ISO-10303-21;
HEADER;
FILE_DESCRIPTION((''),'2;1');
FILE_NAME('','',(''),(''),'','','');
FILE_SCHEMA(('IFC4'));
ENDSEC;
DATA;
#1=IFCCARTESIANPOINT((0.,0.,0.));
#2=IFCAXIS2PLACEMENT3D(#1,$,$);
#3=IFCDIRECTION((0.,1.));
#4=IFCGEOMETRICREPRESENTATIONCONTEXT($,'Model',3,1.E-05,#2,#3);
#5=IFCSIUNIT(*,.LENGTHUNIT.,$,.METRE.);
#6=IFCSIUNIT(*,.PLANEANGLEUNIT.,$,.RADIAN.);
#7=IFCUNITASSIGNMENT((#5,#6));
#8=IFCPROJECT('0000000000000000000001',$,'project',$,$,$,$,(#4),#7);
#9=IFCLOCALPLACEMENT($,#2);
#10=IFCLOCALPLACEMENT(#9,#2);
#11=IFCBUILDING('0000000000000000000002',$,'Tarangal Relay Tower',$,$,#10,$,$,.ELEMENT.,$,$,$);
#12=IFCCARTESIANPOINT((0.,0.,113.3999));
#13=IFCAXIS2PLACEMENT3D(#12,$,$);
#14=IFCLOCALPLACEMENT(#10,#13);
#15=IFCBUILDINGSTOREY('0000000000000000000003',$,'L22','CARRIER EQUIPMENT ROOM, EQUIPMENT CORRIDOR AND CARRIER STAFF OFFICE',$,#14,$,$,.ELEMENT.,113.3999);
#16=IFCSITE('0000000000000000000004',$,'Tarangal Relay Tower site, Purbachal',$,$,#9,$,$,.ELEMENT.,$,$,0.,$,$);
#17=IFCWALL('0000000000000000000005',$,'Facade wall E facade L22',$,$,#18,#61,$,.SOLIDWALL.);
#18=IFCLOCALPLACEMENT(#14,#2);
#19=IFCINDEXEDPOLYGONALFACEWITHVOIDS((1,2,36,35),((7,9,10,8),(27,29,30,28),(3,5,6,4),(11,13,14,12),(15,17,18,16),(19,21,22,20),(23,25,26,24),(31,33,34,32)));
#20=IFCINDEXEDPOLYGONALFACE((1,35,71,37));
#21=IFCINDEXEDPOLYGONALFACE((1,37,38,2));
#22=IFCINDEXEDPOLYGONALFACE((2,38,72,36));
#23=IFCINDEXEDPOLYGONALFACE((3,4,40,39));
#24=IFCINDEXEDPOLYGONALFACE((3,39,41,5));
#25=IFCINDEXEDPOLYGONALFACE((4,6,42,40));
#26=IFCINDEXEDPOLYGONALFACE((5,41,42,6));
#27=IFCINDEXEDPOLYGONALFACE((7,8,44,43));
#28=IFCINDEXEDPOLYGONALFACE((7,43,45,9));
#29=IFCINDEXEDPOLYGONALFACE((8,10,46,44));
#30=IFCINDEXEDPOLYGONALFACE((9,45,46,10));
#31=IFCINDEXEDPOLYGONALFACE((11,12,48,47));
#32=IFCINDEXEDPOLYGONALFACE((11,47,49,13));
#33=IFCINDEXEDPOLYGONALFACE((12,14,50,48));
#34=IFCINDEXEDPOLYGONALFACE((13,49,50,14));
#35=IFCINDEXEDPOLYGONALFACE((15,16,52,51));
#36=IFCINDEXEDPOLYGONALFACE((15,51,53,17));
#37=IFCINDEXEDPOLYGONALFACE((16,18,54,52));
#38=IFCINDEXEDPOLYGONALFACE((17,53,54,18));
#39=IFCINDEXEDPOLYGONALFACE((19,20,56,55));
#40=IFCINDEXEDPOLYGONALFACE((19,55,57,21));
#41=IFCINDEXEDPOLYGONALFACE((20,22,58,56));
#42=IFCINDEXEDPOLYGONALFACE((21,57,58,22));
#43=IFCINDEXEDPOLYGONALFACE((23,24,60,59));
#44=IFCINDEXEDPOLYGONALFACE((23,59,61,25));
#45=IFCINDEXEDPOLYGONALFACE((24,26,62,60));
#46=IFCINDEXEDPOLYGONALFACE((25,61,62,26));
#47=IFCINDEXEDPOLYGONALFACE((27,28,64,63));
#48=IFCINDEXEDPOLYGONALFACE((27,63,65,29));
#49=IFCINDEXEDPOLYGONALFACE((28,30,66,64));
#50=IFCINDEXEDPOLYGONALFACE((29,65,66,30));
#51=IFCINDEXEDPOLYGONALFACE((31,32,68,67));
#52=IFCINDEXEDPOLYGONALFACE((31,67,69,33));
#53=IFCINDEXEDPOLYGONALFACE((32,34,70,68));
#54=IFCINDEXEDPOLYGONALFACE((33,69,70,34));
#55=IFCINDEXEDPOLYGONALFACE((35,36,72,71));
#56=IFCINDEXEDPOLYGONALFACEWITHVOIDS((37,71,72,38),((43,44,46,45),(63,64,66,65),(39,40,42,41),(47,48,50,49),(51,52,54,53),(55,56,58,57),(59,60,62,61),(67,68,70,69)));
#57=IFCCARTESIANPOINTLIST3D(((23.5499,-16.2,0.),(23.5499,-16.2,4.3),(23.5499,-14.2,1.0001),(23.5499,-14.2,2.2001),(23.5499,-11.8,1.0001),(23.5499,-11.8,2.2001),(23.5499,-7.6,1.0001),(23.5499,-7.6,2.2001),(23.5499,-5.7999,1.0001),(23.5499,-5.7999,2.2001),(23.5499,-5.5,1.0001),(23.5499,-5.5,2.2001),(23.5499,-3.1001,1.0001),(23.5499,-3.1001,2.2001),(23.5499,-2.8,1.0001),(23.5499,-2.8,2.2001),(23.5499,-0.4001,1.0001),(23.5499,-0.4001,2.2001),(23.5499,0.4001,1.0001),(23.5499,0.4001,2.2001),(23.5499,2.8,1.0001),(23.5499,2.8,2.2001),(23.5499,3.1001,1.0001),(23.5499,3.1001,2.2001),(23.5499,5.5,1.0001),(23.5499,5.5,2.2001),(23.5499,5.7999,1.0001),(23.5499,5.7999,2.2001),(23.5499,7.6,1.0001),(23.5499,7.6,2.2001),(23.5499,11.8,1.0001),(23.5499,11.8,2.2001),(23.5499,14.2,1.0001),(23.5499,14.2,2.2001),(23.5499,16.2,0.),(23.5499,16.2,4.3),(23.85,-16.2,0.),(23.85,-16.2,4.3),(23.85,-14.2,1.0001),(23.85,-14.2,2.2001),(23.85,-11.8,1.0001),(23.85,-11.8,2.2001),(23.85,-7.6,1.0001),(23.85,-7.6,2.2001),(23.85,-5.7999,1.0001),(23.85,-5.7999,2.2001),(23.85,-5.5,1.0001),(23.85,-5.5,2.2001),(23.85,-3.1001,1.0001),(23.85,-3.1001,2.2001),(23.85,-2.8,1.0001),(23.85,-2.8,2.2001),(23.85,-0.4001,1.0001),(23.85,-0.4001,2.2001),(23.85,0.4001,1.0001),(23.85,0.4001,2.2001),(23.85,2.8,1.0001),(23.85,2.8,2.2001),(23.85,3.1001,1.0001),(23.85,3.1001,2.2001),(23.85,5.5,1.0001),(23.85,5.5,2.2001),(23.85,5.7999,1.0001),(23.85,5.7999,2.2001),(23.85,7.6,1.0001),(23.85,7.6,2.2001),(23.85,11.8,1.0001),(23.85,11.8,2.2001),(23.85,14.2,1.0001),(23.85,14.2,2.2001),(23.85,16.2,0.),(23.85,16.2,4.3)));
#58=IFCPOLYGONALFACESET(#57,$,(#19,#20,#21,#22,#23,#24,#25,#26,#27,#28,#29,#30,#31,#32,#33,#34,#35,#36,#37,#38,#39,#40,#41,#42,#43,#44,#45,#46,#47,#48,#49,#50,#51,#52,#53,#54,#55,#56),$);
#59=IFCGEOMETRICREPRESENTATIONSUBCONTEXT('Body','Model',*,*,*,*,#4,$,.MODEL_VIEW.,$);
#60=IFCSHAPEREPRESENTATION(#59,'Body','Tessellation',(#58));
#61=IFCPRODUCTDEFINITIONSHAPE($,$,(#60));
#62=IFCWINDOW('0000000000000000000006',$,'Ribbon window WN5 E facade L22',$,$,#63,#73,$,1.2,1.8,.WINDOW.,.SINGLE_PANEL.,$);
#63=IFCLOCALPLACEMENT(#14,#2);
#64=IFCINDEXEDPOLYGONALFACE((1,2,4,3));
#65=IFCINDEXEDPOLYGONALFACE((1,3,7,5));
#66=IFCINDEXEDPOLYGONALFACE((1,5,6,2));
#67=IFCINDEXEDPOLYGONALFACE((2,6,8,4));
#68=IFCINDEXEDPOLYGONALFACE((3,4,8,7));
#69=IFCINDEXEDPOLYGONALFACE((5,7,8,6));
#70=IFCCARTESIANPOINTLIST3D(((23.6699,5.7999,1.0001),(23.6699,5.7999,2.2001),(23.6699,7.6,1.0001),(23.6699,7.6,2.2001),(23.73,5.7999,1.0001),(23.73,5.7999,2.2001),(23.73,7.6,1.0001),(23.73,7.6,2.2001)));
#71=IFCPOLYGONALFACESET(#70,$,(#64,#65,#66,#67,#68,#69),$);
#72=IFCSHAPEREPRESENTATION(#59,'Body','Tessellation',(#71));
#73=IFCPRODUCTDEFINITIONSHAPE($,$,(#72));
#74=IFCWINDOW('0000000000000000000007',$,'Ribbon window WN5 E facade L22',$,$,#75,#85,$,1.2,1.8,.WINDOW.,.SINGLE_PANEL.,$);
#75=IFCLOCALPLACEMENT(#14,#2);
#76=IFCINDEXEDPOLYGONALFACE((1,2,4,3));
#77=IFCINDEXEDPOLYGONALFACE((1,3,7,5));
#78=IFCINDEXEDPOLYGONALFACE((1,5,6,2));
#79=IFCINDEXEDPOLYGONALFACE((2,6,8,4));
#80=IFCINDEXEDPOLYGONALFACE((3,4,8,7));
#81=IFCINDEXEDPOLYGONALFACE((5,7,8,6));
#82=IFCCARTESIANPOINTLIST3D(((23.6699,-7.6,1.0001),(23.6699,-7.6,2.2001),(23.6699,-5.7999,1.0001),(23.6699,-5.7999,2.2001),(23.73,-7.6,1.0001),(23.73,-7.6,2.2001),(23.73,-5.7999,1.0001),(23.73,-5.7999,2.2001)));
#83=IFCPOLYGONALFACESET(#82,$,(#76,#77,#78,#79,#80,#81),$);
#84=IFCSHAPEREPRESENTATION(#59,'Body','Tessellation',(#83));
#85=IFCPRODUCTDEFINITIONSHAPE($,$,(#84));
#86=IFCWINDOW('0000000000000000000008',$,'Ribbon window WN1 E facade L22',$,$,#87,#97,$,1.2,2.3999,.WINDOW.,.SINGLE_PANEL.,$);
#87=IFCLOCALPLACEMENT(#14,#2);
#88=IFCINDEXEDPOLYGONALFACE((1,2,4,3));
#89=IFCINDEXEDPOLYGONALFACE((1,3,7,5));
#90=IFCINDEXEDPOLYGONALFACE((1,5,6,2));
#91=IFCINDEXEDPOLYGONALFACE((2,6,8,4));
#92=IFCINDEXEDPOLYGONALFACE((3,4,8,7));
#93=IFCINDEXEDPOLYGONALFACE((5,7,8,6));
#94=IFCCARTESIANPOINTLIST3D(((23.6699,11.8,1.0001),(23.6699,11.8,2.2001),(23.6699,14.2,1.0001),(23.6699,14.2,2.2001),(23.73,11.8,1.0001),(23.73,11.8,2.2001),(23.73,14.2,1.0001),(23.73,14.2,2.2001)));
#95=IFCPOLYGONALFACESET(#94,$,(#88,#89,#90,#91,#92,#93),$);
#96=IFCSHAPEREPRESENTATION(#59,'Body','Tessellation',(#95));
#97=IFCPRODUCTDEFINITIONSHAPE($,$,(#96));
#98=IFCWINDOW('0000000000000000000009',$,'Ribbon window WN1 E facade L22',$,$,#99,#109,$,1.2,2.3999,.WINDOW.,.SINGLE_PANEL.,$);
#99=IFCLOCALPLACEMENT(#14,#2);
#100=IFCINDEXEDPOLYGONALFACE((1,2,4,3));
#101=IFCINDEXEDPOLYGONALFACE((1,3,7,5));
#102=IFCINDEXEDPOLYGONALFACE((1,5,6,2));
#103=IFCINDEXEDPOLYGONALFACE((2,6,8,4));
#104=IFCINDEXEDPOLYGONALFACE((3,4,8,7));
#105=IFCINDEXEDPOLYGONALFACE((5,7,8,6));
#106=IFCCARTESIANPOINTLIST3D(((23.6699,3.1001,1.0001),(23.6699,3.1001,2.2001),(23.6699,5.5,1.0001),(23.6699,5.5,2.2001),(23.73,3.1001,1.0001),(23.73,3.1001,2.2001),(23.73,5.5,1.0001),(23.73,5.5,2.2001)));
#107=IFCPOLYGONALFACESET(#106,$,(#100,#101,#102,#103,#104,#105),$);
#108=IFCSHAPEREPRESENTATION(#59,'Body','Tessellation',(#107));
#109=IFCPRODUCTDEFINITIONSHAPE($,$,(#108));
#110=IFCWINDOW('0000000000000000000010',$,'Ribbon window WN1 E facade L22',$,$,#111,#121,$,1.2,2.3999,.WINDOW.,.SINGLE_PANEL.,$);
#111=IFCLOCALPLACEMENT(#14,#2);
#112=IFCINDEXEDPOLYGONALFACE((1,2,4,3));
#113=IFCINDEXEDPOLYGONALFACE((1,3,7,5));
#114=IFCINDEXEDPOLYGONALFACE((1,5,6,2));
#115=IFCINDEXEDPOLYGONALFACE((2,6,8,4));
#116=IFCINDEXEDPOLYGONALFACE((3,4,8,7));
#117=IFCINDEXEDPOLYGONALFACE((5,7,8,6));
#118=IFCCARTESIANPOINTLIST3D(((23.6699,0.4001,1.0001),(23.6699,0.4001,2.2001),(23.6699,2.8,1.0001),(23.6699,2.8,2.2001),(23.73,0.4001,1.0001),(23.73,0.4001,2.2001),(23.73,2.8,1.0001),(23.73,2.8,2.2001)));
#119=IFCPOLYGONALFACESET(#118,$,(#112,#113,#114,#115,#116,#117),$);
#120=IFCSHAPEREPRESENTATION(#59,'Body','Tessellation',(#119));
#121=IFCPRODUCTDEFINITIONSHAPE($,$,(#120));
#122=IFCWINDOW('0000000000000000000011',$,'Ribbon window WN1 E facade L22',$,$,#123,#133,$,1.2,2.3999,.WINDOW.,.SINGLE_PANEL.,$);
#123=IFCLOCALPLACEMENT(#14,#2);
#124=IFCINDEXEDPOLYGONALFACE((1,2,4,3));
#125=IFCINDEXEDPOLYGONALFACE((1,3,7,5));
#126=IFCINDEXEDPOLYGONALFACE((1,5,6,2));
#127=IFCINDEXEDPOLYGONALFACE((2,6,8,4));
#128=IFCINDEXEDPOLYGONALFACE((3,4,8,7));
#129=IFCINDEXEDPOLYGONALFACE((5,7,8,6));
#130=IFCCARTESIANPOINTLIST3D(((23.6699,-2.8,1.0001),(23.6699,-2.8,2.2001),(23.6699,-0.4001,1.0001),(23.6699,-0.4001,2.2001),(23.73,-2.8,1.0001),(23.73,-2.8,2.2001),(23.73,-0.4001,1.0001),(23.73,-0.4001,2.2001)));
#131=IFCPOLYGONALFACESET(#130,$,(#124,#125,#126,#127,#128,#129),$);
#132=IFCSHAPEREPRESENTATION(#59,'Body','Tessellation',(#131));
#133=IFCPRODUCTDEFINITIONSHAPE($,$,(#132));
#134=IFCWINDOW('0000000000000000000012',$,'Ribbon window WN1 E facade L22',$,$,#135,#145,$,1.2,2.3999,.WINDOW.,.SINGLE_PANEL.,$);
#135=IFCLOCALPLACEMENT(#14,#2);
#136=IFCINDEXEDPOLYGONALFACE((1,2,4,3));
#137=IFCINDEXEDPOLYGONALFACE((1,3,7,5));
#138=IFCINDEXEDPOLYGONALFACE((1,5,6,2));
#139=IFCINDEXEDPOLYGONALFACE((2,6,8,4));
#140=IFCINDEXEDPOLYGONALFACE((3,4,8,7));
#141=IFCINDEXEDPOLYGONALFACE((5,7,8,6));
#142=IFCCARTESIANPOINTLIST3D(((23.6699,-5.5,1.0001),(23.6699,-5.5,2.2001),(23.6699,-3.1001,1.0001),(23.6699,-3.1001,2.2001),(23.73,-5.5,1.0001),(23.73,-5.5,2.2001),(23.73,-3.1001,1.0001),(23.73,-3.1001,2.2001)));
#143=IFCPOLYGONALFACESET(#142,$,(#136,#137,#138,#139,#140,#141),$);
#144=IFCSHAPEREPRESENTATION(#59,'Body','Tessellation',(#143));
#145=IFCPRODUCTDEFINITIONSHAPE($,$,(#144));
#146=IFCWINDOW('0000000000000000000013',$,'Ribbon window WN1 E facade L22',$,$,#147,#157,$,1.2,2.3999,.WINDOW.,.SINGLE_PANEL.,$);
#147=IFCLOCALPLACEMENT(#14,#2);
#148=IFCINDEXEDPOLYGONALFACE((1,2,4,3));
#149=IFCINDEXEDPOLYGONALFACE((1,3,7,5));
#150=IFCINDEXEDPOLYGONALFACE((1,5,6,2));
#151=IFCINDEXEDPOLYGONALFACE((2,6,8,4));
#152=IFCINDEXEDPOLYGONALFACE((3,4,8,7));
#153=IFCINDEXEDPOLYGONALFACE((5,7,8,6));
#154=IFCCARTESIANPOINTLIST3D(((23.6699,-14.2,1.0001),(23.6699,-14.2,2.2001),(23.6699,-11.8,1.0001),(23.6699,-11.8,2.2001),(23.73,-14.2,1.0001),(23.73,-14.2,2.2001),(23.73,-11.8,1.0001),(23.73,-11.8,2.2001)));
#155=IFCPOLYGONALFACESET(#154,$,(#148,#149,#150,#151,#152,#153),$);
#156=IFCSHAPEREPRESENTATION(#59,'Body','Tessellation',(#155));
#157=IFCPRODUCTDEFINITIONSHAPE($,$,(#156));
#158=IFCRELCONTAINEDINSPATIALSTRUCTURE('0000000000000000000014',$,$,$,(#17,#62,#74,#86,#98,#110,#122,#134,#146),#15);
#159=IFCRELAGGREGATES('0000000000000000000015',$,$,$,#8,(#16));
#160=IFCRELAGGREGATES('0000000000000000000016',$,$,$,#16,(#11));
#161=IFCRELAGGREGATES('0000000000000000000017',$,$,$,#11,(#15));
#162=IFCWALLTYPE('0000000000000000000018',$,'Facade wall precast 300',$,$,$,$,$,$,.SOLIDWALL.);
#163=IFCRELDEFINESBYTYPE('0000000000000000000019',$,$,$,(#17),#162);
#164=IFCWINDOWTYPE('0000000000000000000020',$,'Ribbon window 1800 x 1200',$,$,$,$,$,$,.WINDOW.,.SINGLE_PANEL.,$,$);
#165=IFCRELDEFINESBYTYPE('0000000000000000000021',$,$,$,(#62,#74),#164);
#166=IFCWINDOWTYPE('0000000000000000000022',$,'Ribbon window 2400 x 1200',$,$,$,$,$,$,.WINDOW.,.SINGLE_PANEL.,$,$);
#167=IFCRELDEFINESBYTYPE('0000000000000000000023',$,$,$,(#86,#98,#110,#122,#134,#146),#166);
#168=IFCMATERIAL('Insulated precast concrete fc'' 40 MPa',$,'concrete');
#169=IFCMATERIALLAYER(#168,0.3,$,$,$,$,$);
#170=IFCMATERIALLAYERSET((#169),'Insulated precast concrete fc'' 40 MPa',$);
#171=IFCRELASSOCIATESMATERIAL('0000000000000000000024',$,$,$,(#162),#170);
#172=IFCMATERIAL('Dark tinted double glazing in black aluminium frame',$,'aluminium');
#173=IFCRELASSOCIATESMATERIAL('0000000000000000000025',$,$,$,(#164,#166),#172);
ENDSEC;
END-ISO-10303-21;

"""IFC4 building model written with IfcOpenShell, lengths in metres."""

from ifc_helpers import new_model, si_unit, direction, frame, frame_2d, origin, place, context, subcontext, project, spatial, rectangle, extrude, material, layer, layer_set, type_object, element, fill, save


model = new_model("IFC4")

# Units and contexts
model_context = context("Model", 3, precision=1e-05, world=origin(), true_north=direction((0.0, 1.0)))
body_context = subcontext(model_context, "Body", "Model", "MODEL_VIEW")
ifc_project = project(units=[si_unit("LENGTHUNIT", "METRE"), si_unit("PLANEANGLEUNIT", "RADIAN")], contexts=[model_context])

# Site, building, storey
site_placement = place(None, origin())
site = spatial("IfcSite", under=ifc_project, at=site_placement, Name="Tarangal Relay Tower site, Purbachal", CompositionType="ELEMENT", RefElevation=0.0)
building_placement = place(site_placement, origin())
building = spatial("IfcBuilding", under=site, at=building_placement, Name="Tarangal Relay Tower", CompositionType="ELEMENT")
storey_placement = place(building_placement, frame((0.0, 0.0, 113.3999)))
storey = spatial("IfcBuildingStorey", under=building, at=storey_placement, Name="L22", Description="CARRIER EQUIPMENT ROOM, EQUIPMENT CORRIDOR AND CARRIER STAFF OFFICE", CompositionType="ELEMENT", Elevation=113.3999)

# Shared definitions
ifc_material_1 = material(Name="Insulated precast concrete fc' 40 MPa", Category="concrete")
ifc_layer_1 = layer(ifc_material_1, 0.3)
ifc_layer_set_1 = layer_set([ifc_layer_1], Name="Insulated precast concrete fc' 40 MPa")
wall_type_1 = type_object("IfcWallType", Name="Facade wall precast 300", PredefinedType="SOLIDWALL", material=ifc_layer_set_1)

# Wall, openings, windows
wall_1_placement = place(storey_placement, frame((23.7, 16.2, 0.0), z_axis=(0.0, 0.0, 1.0), x_axis=(0.0, -1.0, 0.0)))
wall_1 = element("IfcWall", 1, at=wall_1_placement, inside=storey, type_object=wall_type_1, Name="Facade wall E facade L22", PredefinedType="SOLIDWALL", context=body_context, shape_type="SweptSolid", body=[
    extrude(rectangle(XDim=32.3999, YDim=0.3, at=frame_2d((16.2, 0.0))), origin(), (0.0, 0.0, 1.0), 4.3),
])
opening_1_placement = place(wall_1_placement, frame((2.0, 0.0, 1.0)))
opening_1 = element("IfcOpeningElement", 2, at=opening_1_placement, cuts=wall_1, PredefinedType="OPENING", context=body_context, shape_type="SweptSolid", body=[
    extrude(rectangle(XDim=2.3999, YDim=1.2, at=frame_2d((1.2, 0.6001))), frame((0.0, 0.1599, 0.0), z_axis=(0.0, -1.0, 0.0), x_axis=(1.0, 0.0, 0.0)), (0.0, 0.0, 1.0), 0.3201),
])
opening_2_placement = place(wall_1_placement, frame((8.6001, 0.0, 1.0)))
opening_2 = element("IfcOpeningElement", 3, at=opening_2_placement, cuts=wall_1, PredefinedType="OPENING", context=body_context, shape_type="SweptSolid", body=[
    extrude(rectangle(XDim=1.8, YDim=1.2, at=frame_2d((0.8999, 0.6001))), frame((0.0, 0.1599, 0.0), z_axis=(0.0, -1.0, 0.0), x_axis=(1.0, 0.0, 0.0)), (0.0, 0.0, 1.0), 0.3201),
])
opening_3_placement = place(wall_1_placement, frame((10.7, 0.0, 1.0)))
opening_3 = element("IfcOpeningElement", 4, at=opening_3_placement, cuts=wall_1, PredefinedType="OPENING", context=body_context, shape_type="SweptSolid", body=[
    extrude(rectangle(XDim=2.3999, YDim=1.2, at=frame_2d((1.2, 0.6001))), frame((0.0, 0.1599, 0.0), z_axis=(0.0, -1.0, 0.0), x_axis=(1.0, 0.0, 0.0)), (0.0, 0.0, 1.0), 0.3201),
])
opening_4_placement = place(wall_1_placement, frame((13.3999, 0.0, 1.0)))
opening_4 = element("IfcOpeningElement", 5, at=opening_4_placement, cuts=wall_1, PredefinedType="OPENING", context=body_context, shape_type="SweptSolid", body=[
    extrude(rectangle(XDim=2.3999, YDim=1.2, at=frame_2d((1.2, 0.6001))), frame((0.0, 0.1599, 0.0), z_axis=(0.0, -1.0, 0.0), x_axis=(1.0, 0.0, 0.0)), (0.0, 0.0, 1.0), 0.3201),
])
opening_5_placement = place(wall_1_placement, frame((16.6001, 0.0, 1.0)))
opening_5 = element("IfcOpeningElement", 6, at=opening_5_placement, cuts=wall_1, PredefinedType="OPENING", context=body_context, shape_type="SweptSolid", body=[
    extrude(rectangle(XDim=2.3999, YDim=1.2, at=frame_2d((1.2, 0.6001))), frame((0.0, 0.1599, 0.0), z_axis=(0.0, -1.0, 0.0), x_axis=(1.0, 0.0, 0.0)), (0.0, 0.0, 1.0), 0.3201),
])
opening_6_placement = place(wall_1_placement, frame((19.3, 0.0, 1.0)))
opening_6 = element("IfcOpeningElement", 7, at=opening_6_placement, cuts=wall_1, PredefinedType="OPENING", context=body_context, shape_type="SweptSolid", body=[
    extrude(rectangle(XDim=2.3999, YDim=1.2, at=frame_2d((1.2, 0.6001))), frame((0.0, 0.1599, 0.0), z_axis=(0.0, -1.0, 0.0), x_axis=(1.0, 0.0, 0.0)), (0.0, 0.0, 1.0), 0.3201),
])
opening_7_placement = place(wall_1_placement, frame((22.0, 0.0, 1.0)))
opening_7 = element("IfcOpeningElement", 8, at=opening_7_placement, cuts=wall_1, PredefinedType="OPENING", context=body_context, shape_type="SweptSolid", body=[
    extrude(rectangle(XDim=1.8, YDim=1.2, at=frame_2d((0.8999, 0.6001))), frame((0.0, 0.1599, 0.0), z_axis=(0.0, -1.0, 0.0), x_axis=(1.0, 0.0, 0.0)), (0.0, 0.0, 1.0), 0.3201),
])
opening_8_placement = place(wall_1_placement, frame((28.0, 0.0, 1.0)))
opening_8 = element("IfcOpeningElement", 9, at=opening_8_placement, cuts=wall_1, PredefinedType="OPENING", context=body_context, shape_type="SweptSolid", body=[
    extrude(rectangle(XDim=2.3999, YDim=1.2, at=frame_2d((1.2, 0.6001))), frame((0.0, 0.1599, 0.0), z_axis=(0.0, -1.0, 0.0), x_axis=(1.0, 0.0, 0.0)), (0.0, 0.0, 1.0), 0.3201),
])
ifc_material_2 = material(Name="Dark tinted double glazing in black aluminium frame", Category="aluminium")
window_type_1 = type_object("IfcWindowType", Name="Ribbon window 1800 x 1200", PartitioningType="SINGLE_PANEL", PredefinedType="WINDOW", material=ifc_material_2)
window_1_placement = place(opening_2_placement, origin())
window_1 = element("IfcWindow", 10, at=window_1_placement, inside=storey, type_object=window_type_1, Name="Ribbon window WN5 E facade L22", OverallHeight=1.2, OverallWidth=1.8, PartitioningType="SINGLE_PANEL", PredefinedType="WINDOW", context=body_context, shape_type="SweptSolid", body=[
    extrude(rectangle(XDim=1.8, YDim=1.2, at=frame_2d((0.8999, 0.6001))), frame((0.0, 0.03, 0.0), z_axis=(0.0, -1.0, 0.0), x_axis=(1.0, 0.0, 0.0)), (0.0, 0.0, 1.0), 0.0601),
])
fill(opening_2, window_1)
window_2_placement = place(opening_7_placement, origin())
window_2 = element("IfcWindow", 11, at=window_2_placement, inside=storey, type_object=window_type_1, Name="Ribbon window WN5 E facade L22", OverallHeight=1.2, OverallWidth=1.8, PartitioningType="SINGLE_PANEL", PredefinedType="WINDOW", context=body_context, shape_type="SweptSolid", body=[
    extrude(rectangle(XDim=1.8, YDim=1.2, at=frame_2d((0.8999, 0.6001))), frame((0.0, 0.03, 0.0), z_axis=(0.0, -1.0, 0.0), x_axis=(1.0, 0.0, 0.0)), (0.0, 0.0, 1.0), 0.0601),
])
fill(opening_7, window_2)
window_type_2 = type_object("IfcWindowType", Name="Ribbon window 2400 x 1200", PartitioningType="SINGLE_PANEL", PredefinedType="WINDOW", material=ifc_material_2)
window_3_placement = place(opening_1_placement, origin())
window_3 = element("IfcWindow", 12, at=window_3_placement, inside=storey, type_object=window_type_2, Name="Ribbon window WN1 E facade L22", OverallHeight=1.2, OverallWidth=2.3999, PartitioningType="SINGLE_PANEL", PredefinedType="WINDOW", context=body_context, shape_type="SweptSolid", body=[
    extrude(rectangle(XDim=2.3999, YDim=1.2, at=frame_2d((1.2, 0.6001))), frame((0.0, 0.03, 0.0), z_axis=(0.0, -1.0, 0.0), x_axis=(1.0, 0.0, 0.0)), (0.0, 0.0, 1.0), 0.0601),
])
fill(opening_1, window_3)
window_4_placement = place(opening_3_placement, origin())
window_4 = element("IfcWindow", 13, at=window_4_placement, inside=storey, type_object=window_type_2, Name="Ribbon window WN1 E facade L22", OverallHeight=1.2, OverallWidth=2.3999, PartitioningType="SINGLE_PANEL", PredefinedType="WINDOW", context=body_context, shape_type="SweptSolid", body=[
    extrude(rectangle(XDim=2.3999, YDim=1.2, at=frame_2d((1.2, 0.6001))), frame((0.0, 0.03, 0.0), z_axis=(0.0, -1.0, 0.0), x_axis=(1.0, 0.0, 0.0)), (0.0, 0.0, 1.0), 0.0601),
])
fill(opening_3, window_4)
window_5_placement = place(opening_4_placement, origin())
window_5 = element("IfcWindow", 14, at=window_5_placement, inside=storey, type_object=window_type_2, Name="Ribbon window WN1 E facade L22", OverallHeight=1.2, OverallWidth=2.3999, PartitioningType="SINGLE_PANEL", PredefinedType="WINDOW", context=body_context, shape_type="SweptSolid", body=[
    extrude(rectangle(XDim=2.3999, YDim=1.2, at=frame_2d((1.2, 0.6001))), frame((0.0, 0.03, 0.0), z_axis=(0.0, -1.0, 0.0), x_axis=(1.0, 0.0, 0.0)), (0.0, 0.0, 1.0), 0.0601),
])
fill(opening_4, window_5)
window_6_placement = place(opening_5_placement, origin())
window_6 = element("IfcWindow", 15, at=window_6_placement, inside=storey, type_object=window_type_2, Name="Ribbon window WN1 E facade L22", OverallHeight=1.2, OverallWidth=2.3999, PartitioningType="SINGLE_PANEL", PredefinedType="WINDOW", context=body_context, shape_type="SweptSolid", body=[
    extrude(rectangle(XDim=2.3999, YDim=1.2, at=frame_2d((1.2, 0.6001))), frame((0.0, 0.03, 0.0), z_axis=(0.0, -1.0, 0.0), x_axis=(1.0, 0.0, 0.0)), (0.0, 0.0, 1.0), 0.0601),
])
fill(opening_5, window_6)
window_7_placement = place(opening_6_placement, origin())
window_7 = element("IfcWindow", 16, at=window_7_placement, inside=storey, type_object=window_type_2, Name="Ribbon window WN1 E facade L22", OverallHeight=1.2, OverallWidth=2.3999, PartitioningType="SINGLE_PANEL", PredefinedType="WINDOW", context=body_context, shape_type="SweptSolid", body=[
    extrude(rectangle(XDim=2.3999, YDim=1.2, at=frame_2d((1.2, 0.6001))), frame((0.0, 0.03, 0.0), z_axis=(0.0, -1.0, 0.0), x_axis=(1.0, 0.0, 0.0)), (0.0, 0.0, 1.0), 0.0601),
])
fill(opening_6, window_7)
window_8_placement = place(opening_8_placement, origin())
window_8 = element("IfcWindow", 17, at=window_8_placement, inside=storey, type_object=window_type_2, Name="Ribbon window WN1 E facade L22", OverallHeight=1.2, OverallWidth=2.3999, PartitioningType="SINGLE_PANEL", PredefinedType="WINDOW", context=body_context, shape_type="SweptSolid", body=[
    extrude(rectangle(XDim=2.3999, YDim=1.2, at=frame_2d((1.2, 0.6001))), frame((0.0, 0.03, 0.0), z_axis=(0.0, -1.0, 0.0), x_axis=(1.0, 0.0, 0.0)), (0.0, 0.0, 1.0), 0.0601),
])
fill(opening_8, window_8)

save(model, "model.ifc")
